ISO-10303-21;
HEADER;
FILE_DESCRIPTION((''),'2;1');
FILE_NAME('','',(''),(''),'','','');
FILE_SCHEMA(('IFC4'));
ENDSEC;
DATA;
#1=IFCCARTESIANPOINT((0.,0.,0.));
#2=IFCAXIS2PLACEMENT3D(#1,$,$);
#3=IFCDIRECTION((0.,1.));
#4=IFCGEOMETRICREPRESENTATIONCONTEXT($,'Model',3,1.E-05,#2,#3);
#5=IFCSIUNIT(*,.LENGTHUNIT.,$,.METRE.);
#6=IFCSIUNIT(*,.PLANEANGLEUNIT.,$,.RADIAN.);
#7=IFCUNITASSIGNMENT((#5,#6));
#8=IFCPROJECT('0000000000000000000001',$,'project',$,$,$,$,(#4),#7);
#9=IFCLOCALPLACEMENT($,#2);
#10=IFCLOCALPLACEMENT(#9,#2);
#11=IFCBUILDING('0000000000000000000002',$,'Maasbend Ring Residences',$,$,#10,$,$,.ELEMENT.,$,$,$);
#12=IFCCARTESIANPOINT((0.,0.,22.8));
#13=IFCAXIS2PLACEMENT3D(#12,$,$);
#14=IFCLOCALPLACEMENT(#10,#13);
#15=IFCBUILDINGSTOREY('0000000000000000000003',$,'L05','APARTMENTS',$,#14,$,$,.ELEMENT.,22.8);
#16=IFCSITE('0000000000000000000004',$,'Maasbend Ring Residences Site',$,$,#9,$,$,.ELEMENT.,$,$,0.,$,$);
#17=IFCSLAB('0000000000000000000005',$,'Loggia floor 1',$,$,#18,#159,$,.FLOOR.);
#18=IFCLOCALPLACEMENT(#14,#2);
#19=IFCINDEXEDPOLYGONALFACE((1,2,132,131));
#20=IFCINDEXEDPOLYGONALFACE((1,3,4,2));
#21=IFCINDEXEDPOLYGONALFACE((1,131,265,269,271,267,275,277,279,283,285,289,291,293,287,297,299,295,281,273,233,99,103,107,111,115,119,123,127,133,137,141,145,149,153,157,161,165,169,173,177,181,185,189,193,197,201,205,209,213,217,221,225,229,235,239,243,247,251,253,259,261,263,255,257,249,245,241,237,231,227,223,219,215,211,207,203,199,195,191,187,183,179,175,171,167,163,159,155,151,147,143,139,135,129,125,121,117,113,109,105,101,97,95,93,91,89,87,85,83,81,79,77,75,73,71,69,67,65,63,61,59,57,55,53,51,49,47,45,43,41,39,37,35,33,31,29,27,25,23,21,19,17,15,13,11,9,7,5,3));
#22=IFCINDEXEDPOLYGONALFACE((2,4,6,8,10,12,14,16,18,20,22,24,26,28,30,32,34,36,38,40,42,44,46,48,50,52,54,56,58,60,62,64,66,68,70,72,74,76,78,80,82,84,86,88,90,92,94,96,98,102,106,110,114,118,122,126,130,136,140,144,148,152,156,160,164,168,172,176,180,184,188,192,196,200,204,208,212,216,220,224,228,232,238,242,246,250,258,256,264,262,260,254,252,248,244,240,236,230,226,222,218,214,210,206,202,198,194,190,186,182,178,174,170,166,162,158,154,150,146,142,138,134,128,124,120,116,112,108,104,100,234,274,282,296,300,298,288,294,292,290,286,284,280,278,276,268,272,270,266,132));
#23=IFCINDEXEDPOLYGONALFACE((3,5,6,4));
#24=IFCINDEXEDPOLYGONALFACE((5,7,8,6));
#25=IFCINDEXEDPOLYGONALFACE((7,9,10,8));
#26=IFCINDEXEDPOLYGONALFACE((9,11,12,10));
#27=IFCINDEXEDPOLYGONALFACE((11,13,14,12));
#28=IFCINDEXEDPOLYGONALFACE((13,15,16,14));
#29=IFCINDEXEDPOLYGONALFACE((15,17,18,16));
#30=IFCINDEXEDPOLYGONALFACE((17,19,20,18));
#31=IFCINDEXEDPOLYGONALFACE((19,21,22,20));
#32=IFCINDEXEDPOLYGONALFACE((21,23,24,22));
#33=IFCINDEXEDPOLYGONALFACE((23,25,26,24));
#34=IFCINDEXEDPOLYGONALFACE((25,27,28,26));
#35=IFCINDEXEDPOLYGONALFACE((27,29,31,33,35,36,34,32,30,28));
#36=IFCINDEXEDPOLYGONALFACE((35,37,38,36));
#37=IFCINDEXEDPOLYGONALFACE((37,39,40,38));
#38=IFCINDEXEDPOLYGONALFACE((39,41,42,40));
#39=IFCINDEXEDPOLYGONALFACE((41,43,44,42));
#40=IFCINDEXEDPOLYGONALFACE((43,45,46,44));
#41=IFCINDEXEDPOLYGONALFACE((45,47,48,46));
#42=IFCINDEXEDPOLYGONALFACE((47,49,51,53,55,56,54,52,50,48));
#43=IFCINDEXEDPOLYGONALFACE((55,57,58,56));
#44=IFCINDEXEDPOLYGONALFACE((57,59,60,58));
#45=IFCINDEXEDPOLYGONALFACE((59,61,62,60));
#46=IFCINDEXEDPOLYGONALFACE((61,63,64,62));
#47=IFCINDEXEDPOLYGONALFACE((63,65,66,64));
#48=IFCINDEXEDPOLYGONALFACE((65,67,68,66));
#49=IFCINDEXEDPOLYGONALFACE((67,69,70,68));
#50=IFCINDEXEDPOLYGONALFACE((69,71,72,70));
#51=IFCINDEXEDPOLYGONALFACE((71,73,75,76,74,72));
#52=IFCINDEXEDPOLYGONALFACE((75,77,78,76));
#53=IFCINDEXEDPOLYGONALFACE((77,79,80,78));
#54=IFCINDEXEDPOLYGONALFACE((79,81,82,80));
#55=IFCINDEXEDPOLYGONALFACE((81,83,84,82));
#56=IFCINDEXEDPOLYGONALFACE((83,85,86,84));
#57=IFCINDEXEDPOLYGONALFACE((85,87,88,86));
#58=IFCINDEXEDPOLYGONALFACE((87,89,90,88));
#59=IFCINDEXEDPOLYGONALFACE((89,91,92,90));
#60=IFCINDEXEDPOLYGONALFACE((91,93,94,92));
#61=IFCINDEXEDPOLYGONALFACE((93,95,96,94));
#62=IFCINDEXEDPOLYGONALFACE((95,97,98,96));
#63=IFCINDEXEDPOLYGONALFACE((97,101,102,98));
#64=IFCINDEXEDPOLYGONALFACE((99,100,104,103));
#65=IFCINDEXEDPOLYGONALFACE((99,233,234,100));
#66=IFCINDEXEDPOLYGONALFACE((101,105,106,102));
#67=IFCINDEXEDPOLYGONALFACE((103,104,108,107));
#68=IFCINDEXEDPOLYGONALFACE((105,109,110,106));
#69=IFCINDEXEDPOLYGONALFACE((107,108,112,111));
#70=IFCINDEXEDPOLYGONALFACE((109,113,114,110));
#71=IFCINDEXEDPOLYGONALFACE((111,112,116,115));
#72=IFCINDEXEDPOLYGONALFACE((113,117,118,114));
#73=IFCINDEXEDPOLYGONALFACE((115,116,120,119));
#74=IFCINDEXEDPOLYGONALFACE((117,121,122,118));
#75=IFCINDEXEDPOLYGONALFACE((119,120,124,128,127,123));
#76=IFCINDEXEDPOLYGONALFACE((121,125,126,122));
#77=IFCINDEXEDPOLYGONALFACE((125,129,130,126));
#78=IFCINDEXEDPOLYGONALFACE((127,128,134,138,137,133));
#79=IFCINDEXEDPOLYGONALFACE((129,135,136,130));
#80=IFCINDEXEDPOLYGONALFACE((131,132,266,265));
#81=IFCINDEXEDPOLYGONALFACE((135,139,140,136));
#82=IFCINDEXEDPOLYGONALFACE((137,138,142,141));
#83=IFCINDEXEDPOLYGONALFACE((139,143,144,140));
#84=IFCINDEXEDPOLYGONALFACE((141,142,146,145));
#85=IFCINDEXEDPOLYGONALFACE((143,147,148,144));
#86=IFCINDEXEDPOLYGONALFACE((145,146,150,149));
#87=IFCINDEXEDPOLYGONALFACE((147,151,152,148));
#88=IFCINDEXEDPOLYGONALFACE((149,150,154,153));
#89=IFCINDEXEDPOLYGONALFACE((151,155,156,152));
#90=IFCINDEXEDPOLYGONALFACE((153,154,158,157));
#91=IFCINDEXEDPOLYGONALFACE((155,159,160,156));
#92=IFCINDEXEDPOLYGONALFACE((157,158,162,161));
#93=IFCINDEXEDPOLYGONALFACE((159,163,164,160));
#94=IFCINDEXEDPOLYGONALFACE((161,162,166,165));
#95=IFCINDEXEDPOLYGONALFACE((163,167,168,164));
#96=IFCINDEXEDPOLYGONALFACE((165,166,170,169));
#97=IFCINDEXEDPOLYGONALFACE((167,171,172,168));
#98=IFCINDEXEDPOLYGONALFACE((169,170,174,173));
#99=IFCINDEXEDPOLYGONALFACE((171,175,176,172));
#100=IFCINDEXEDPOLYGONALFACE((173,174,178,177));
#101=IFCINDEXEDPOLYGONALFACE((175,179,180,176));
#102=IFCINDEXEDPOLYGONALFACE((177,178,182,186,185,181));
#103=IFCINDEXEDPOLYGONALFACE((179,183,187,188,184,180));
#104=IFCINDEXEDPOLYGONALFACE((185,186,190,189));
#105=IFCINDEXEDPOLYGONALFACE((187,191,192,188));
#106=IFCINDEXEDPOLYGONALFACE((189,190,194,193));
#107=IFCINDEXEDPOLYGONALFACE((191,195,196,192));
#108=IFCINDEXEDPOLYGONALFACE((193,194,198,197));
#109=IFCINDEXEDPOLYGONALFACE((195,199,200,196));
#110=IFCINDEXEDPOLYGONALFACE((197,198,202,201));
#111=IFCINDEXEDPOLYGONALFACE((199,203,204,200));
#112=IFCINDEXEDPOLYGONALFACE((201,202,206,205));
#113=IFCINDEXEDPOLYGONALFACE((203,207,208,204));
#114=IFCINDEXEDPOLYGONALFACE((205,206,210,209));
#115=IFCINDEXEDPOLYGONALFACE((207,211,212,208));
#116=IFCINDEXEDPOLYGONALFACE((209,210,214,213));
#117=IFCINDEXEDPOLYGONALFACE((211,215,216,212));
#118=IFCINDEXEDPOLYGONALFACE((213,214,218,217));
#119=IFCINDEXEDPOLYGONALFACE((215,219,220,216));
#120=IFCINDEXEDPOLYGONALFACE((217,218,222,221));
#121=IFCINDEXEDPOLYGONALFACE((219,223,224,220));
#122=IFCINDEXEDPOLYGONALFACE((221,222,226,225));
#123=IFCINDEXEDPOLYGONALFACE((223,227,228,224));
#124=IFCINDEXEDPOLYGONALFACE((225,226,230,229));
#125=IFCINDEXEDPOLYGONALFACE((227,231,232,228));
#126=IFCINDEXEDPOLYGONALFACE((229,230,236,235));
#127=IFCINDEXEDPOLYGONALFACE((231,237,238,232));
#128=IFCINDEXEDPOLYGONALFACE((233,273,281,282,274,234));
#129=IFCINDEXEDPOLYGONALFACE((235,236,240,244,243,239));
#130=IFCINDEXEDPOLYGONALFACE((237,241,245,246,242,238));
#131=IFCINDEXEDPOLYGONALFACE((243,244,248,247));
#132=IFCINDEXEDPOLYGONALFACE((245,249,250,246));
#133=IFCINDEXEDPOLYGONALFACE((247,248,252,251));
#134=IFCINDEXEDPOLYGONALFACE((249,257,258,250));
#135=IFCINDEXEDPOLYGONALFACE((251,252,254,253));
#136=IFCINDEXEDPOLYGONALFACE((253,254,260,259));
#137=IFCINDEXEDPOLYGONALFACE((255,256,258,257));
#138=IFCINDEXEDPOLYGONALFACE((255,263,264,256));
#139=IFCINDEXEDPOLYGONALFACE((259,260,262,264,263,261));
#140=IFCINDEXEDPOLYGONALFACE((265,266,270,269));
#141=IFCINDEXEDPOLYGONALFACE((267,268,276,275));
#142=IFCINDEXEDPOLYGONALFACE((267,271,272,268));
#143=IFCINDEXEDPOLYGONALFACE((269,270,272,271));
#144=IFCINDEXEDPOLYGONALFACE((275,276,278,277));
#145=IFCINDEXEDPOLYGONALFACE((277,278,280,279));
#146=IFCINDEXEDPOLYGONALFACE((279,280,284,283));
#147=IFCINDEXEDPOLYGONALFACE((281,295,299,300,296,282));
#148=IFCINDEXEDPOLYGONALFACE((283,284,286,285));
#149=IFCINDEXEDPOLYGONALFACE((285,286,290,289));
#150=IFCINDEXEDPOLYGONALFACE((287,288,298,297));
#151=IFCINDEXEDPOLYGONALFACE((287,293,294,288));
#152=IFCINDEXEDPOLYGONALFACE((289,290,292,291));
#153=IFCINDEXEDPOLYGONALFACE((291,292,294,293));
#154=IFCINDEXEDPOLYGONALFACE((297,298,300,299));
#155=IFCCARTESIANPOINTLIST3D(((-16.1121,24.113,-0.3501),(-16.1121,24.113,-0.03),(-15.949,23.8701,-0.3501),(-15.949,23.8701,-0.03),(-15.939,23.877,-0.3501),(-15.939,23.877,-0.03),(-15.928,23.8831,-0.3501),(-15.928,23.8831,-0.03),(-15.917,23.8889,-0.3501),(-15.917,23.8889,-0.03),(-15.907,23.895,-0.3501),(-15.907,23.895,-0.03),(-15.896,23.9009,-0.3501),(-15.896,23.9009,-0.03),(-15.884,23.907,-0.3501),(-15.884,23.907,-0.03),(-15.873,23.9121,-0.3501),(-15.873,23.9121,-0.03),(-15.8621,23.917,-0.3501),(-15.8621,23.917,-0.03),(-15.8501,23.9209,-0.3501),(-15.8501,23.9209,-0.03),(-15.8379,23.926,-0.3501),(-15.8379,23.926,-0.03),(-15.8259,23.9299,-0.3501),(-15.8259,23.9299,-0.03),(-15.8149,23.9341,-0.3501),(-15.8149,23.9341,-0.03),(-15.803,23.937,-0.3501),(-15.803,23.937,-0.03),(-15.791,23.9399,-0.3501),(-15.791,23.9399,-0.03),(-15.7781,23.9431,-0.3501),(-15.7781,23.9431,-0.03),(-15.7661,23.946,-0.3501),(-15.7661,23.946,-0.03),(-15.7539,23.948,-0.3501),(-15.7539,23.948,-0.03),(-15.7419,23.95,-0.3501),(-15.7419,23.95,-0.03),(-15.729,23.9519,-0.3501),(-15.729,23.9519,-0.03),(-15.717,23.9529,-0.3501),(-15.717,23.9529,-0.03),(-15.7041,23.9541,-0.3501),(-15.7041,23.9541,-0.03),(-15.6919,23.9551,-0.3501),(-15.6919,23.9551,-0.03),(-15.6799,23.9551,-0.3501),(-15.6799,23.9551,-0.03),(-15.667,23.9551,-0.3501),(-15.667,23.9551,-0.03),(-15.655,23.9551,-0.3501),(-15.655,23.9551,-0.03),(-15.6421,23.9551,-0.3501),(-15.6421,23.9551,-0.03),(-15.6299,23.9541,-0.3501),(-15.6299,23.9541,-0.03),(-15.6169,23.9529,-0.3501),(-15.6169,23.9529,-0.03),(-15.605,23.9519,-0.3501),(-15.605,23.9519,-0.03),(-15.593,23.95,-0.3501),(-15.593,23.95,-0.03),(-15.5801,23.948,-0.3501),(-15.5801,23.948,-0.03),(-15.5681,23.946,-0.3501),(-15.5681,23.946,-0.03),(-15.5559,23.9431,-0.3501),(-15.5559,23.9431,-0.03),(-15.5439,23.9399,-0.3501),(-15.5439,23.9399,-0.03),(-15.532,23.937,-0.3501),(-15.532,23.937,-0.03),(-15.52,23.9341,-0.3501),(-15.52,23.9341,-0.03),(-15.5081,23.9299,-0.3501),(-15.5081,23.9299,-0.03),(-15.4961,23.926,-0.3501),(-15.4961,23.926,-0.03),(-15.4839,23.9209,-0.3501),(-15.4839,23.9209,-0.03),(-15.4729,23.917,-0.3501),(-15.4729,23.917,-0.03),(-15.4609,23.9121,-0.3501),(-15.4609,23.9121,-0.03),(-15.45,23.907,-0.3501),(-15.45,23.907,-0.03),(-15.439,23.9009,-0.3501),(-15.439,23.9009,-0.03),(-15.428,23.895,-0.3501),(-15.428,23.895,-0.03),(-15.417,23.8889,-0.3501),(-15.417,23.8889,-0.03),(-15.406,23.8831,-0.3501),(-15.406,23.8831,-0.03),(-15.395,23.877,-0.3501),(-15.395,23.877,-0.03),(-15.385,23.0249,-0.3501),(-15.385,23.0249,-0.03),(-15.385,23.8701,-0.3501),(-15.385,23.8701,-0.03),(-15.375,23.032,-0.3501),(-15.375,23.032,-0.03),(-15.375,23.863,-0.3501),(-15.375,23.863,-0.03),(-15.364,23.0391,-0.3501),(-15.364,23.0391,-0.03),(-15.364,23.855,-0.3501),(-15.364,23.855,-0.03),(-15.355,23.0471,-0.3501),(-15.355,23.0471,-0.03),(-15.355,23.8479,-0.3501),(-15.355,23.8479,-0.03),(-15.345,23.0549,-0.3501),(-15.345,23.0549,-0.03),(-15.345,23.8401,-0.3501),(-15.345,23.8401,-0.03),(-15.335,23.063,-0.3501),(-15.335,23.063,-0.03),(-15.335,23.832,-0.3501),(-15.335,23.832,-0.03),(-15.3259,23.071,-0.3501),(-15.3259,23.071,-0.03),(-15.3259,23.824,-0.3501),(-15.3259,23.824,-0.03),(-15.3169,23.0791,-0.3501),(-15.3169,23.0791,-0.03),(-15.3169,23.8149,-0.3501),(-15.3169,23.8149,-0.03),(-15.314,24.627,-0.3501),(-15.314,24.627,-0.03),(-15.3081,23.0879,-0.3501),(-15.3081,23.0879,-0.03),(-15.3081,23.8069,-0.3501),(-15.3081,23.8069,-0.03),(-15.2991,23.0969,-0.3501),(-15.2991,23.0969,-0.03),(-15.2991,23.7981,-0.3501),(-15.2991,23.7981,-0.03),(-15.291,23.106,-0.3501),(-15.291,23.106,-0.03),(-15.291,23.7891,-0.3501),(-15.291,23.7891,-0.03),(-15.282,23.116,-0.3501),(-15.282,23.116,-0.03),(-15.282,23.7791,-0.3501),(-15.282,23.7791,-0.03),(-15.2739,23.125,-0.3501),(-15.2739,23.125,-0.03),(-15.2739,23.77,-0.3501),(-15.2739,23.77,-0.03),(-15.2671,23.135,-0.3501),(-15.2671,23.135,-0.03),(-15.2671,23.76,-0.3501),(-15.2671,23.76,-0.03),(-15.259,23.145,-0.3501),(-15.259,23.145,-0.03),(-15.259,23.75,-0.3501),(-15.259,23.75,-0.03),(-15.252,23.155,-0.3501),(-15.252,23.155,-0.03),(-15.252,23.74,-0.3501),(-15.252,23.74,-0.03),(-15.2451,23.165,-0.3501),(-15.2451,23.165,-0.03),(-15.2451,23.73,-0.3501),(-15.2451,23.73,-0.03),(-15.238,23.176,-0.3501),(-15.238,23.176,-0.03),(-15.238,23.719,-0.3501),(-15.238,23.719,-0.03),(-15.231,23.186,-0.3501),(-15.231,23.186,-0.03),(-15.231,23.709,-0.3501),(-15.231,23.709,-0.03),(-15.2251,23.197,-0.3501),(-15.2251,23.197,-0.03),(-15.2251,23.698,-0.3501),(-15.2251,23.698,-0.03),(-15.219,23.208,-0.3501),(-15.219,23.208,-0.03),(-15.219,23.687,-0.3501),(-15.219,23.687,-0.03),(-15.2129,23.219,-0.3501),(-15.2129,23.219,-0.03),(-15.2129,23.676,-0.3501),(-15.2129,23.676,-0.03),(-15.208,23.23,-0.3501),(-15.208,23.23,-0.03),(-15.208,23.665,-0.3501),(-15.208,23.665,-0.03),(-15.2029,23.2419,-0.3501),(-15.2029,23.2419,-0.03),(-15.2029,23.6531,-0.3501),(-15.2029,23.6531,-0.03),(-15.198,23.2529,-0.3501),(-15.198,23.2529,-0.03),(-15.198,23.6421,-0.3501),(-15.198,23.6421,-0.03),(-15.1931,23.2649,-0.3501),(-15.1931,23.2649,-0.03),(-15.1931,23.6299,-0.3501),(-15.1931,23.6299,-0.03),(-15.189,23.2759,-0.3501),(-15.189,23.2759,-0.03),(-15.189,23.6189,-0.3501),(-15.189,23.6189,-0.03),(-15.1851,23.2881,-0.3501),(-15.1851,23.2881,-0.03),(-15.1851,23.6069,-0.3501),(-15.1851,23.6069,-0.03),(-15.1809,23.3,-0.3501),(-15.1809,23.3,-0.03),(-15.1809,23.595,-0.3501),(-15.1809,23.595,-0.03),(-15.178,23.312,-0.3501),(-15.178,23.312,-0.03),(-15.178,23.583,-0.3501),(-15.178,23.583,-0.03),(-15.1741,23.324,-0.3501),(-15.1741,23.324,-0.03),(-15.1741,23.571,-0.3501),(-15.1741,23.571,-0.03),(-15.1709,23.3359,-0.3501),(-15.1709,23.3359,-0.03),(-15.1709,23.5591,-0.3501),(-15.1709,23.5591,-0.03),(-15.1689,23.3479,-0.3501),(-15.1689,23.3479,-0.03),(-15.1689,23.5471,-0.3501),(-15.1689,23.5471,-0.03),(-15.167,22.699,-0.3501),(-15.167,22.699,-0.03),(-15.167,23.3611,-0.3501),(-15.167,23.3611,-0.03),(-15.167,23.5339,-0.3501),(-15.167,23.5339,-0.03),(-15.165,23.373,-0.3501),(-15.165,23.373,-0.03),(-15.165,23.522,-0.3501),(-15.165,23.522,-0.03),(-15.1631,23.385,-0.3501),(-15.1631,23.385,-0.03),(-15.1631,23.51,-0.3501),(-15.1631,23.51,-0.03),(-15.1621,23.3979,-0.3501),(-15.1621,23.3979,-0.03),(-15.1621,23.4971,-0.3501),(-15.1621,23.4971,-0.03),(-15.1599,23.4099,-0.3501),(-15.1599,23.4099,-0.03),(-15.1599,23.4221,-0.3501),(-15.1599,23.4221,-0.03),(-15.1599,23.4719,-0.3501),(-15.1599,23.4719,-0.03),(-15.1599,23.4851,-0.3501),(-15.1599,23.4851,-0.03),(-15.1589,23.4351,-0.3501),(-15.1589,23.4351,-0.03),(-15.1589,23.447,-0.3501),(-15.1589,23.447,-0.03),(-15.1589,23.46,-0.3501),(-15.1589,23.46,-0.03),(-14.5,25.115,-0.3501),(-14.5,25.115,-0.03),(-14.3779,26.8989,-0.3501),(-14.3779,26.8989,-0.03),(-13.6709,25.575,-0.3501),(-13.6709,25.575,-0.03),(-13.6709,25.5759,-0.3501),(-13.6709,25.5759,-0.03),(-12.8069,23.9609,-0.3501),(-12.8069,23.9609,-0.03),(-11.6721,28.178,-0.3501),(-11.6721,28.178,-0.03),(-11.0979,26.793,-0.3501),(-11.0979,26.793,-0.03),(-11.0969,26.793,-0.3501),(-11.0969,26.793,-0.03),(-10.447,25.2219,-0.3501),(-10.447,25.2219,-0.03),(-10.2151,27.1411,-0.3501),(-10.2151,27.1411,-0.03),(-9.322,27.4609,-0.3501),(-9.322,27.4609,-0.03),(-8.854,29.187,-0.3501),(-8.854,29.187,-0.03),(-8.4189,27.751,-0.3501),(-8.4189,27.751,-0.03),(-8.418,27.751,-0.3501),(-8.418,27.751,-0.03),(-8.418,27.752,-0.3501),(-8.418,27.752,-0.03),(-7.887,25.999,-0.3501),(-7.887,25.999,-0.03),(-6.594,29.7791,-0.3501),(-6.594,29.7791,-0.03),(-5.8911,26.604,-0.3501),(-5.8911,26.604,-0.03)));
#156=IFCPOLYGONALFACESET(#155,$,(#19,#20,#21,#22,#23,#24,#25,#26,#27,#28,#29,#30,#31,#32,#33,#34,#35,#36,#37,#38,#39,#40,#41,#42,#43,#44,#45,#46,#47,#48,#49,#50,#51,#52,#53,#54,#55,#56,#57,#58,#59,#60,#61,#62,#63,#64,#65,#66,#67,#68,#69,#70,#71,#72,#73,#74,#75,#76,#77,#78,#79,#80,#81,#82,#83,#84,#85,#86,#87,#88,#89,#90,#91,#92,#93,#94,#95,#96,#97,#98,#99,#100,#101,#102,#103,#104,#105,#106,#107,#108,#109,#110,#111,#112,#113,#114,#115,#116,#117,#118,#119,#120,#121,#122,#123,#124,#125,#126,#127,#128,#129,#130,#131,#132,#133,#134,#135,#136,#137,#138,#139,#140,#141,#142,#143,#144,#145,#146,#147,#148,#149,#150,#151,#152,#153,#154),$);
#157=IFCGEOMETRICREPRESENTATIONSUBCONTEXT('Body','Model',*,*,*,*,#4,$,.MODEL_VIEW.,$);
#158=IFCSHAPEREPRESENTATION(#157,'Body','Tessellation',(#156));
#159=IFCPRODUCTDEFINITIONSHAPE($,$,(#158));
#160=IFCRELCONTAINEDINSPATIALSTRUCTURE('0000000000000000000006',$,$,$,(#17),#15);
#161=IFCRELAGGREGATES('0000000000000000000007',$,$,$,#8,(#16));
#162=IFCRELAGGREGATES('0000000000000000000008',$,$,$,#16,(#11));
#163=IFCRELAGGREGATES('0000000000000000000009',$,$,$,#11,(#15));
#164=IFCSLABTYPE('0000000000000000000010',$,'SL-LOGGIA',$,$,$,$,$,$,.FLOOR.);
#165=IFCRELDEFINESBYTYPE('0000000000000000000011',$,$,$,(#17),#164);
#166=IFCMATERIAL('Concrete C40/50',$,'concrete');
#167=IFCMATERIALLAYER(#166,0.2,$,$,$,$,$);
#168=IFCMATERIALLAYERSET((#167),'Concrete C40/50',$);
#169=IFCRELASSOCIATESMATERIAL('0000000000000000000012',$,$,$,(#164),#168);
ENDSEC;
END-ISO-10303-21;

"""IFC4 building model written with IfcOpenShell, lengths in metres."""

from ifc_helpers import new_model, si_unit, direction, frame, origin, place, context, subcontext, project, spatial, polyline, outline, extrude, material, layer, layer_set, type_object, element, save


model = new_model("IFC4")

# Units and contexts
model_context = context("Model", 3, precision=1e-05, world=origin(), true_north=direction((0.0, 1.0)))
body_context = subcontext(model_context, "Body", "Model", "MODEL_VIEW")
ifc_project = project(units=[si_unit("LENGTHUNIT", "METRE"), si_unit("PLANEANGLEUNIT", "RADIAN")], contexts=[model_context])

# Site, building, storey
site_placement = place(None, origin())
site = spatial("IfcSite", under=ifc_project, at=site_placement, Name="Maasbend Ring Residences Site", CompositionType="ELEMENT", RefElevation=0.0)
building_placement = place(site_placement, origin())
building = spatial("IfcBuilding", under=site, at=building_placement, Name="Maasbend Ring Residences", CompositionType="ELEMENT")
storey_placement = place(building_placement, frame((0.0, 0.0, 22.8)))
storey = spatial("IfcBuildingStorey", under=building, at=storey_placement, Name="L05", Description="APARTMENTS", CompositionType="ELEMENT", Elevation=22.8)

# Slab
ifc_material_1 = material(Name="Concrete C40/50", Category="concrete")
ifc_layer_1 = layer(ifc_material_1, 0.2)
ifc_layer_set_1 = layer_set([ifc_layer_1], Name="Concrete C40/50")
slab_type_1 = type_object("IfcSlabType", Name="SL-LOGGIA", PredefinedType="FLOOR", material=ifc_layer_set_1)
slab_1_placement = place(storey_placement, frame((0.0, 0.0, -0.3501)))
element("IfcSlab", 1, at=slab_1_placement, inside=storey, type_object=slab_type_1, Name="Loggia floor 1", PredefinedType="FLOOR", context=body_context, shape_type="SweptSolid", body=[
    extrude(outline(polyline([(-14.5, 25.115), (-13.6709, 25.575), (-13.6709, 25.5759), (-13.6709, 25.5759), (-13.6709, 25.5759), (-13.6709, 25.5759), (-13.6709, 25.5759), (-13.6709, 25.5759), (-13.6709, 25.5759), (-13.6709, 25.5759), (-13.6709, 25.5759), (-13.6709, 25.5759), (-13.6709, 25.5759), (-13.6709, 25.5759), (-13.6709, 25.5759), (-13.6709, 25.5759), (-13.6709, 25.5759), (-13.6709, 25.5759), (-14.3779, 26.8989), (-14.3779, 26.8989), (-14.3779, 26.8989), (-11.6721, 28.178), (-11.6721, 28.178), (-11.6721, 28.178), (-11.0979, 26.793), (-11.0979, 26.793), (-11.0979, 26.793), (-11.0979, 26.793), (-11.0979, 26.793), (-11.0979, 26.793), (-11.0979, 26.793), (-11.0979, 26.793), (-11.0979, 26.793), (-11.0979, 26.793), (-11.0979, 26.793), (-11.0979, 26.793), (-11.0979, 26.793), (-11.0979, 26.793), (-11.0969, 26.793), (-11.0969, 26.793), (-11.0969, 26.793), (-10.2151, 27.1411), (-10.2151, 27.1411), (-9.322, 27.4609), (-9.322, 27.4609), (-8.4189, 27.751), (-8.4189, 27.751), (-8.4189, 27.751), (-8.4189, 27.751), (-8.4189, 27.751), (-8.4189, 27.751), (-8.418, 27.751), (-8.418, 27.751), (-8.418, 27.751), (-8.418, 27.751), (-8.418, 27.751), (-8.418, 27.752), (-8.418, 27.752), (-8.418, 27.752), (-8.418, 27.752), (-8.418, 27.752), (-8.418, 27.752), (-8.854, 29.187), (-8.854, 29.187), (-8.854, 29.187), (-6.594, 29.7791), (-6.594, 29.7791), (-6.594, 29.7791), (-5.8911, 26.604), (-5.8911, 26.604), (-5.8911, 26.604), (-7.887, 25.999), (-10.447, 25.2219), (-10.447, 25.2219), (-10.447, 25.2219), (-12.8069, 23.9609), (-15.167, 22.699), (-15.167, 22.699), (-15.167, 22.699), (-15.385, 23.0249), (-15.375, 23.032), (-15.364, 23.0391), (-15.355, 23.0471), (-15.345, 23.0549), (-15.335, 23.063), (-15.3259, 23.071), (-15.3169, 23.0791), (-15.3081, 23.0879), (-15.2991, 23.0969), (-15.291, 23.106), (-15.282, 23.116), (-15.2739, 23.125), (-15.2671, 23.135), (-15.259, 23.145), (-15.252, 23.155), (-15.2451, 23.165), (-15.238, 23.176), (-15.231, 23.186), (-15.2251, 23.197), (-15.219, 23.208), (-15.2129, 23.219), (-15.208, 23.23), (-15.2029, 23.2419), (-15.198, 23.2529), (-15.1931, 23.2649), (-15.189, 23.2759), (-15.1851, 23.2881), (-15.1809, 23.3), (-15.178, 23.312), (-15.1741, 23.324), (-15.1709, 23.3359), (-15.1689, 23.3479), (-15.167, 23.3611), (-15.165, 23.373), (-15.1631, 23.385), (-15.1621, 23.3979), (-15.1599, 23.4099), (-15.1599, 23.4221), (-15.1589, 23.4351), (-15.1589, 23.447), (-15.1589, 23.46), (-15.1599, 23.4719), (-15.1599, 23.4851), (-15.1621, 23.4971), (-15.1631, 23.51), (-15.165, 23.522), (-15.167, 23.5339), (-15.1689, 23.5471), (-15.1709, 23.5591), (-15.1741, 23.571), (-15.178, 23.583), (-15.1809, 23.595), (-15.1851, 23.6069), (-15.189, 23.6189), (-15.1931, 23.6299), (-15.198, 23.6421), (-15.2029, 23.6531), (-15.208, 23.665), (-15.2129, 23.676), (-15.219, 23.687), (-15.2251, 23.698), (-15.231, 23.709), (-15.238, 23.719), (-15.2451, 23.73), (-15.252, 23.74), (-15.259, 23.75), (-15.2671, 23.76), (-15.2739, 23.77), (-15.282, 23.7791), (-15.291, 23.7891), (-15.2991, 23.7981), (-15.3081, 23.8069), (-15.3169, 23.8149), (-15.3259, 23.824), (-15.335, 23.832), (-15.345, 23.8401), (-15.355, 23.8479), (-15.364, 23.855), (-15.375, 23.863), (-15.385, 23.8701), (-15.395, 23.877), (-15.406, 23.8831), (-15.417, 23.8889), (-15.428, 23.895), (-15.439, 23.9009), (-15.45, 23.907), (-15.4609, 23.9121), (-15.4729, 23.917), (-15.4839, 23.9209), (-15.4961, 23.926), (-15.5081, 23.9299), (-15.52, 23.9341), (-15.532, 23.937), (-15.5439, 23.9399), (-15.5559, 23.9431), (-15.5681, 23.946), (-15.5801, 23.948), (-15.593, 23.95), (-15.605, 23.9519), (-15.6169, 23.9529), (-15.6299, 23.9541), (-15.6421, 23.9551), (-15.655, 23.9551), (-15.667, 23.9551), (-15.6799, 23.9551), (-15.6919, 23.9551), (-15.7041, 23.9541), (-15.717, 23.9529), (-15.729, 23.9519), (-15.7419, 23.95), (-15.7539, 23.948), (-15.7661, 23.946), (-15.7781, 23.9431), (-15.791, 23.9399), (-15.803, 23.937), (-15.8149, 23.9341), (-15.8259, 23.9299), (-15.8379, 23.926), (-15.8501, 23.9209), (-15.8621, 23.917), (-15.873, 23.9121), (-15.884, 23.907), (-15.896, 23.9009), (-15.907, 23.895), (-15.917, 23.8889), (-15.928, 23.8831), (-15.939, 23.877), (-15.949, 23.8701), (-16.1121, 24.113), (-16.1121, 24.113), (-16.1121, 24.113), (-15.314, 24.627), (-15.314, 24.627), (-14.5, 25.115), (-14.5, 25.115)])), origin(), (0.0, 0.0, 1.0), 0.3201),
])

save(model, "model.ifc")
